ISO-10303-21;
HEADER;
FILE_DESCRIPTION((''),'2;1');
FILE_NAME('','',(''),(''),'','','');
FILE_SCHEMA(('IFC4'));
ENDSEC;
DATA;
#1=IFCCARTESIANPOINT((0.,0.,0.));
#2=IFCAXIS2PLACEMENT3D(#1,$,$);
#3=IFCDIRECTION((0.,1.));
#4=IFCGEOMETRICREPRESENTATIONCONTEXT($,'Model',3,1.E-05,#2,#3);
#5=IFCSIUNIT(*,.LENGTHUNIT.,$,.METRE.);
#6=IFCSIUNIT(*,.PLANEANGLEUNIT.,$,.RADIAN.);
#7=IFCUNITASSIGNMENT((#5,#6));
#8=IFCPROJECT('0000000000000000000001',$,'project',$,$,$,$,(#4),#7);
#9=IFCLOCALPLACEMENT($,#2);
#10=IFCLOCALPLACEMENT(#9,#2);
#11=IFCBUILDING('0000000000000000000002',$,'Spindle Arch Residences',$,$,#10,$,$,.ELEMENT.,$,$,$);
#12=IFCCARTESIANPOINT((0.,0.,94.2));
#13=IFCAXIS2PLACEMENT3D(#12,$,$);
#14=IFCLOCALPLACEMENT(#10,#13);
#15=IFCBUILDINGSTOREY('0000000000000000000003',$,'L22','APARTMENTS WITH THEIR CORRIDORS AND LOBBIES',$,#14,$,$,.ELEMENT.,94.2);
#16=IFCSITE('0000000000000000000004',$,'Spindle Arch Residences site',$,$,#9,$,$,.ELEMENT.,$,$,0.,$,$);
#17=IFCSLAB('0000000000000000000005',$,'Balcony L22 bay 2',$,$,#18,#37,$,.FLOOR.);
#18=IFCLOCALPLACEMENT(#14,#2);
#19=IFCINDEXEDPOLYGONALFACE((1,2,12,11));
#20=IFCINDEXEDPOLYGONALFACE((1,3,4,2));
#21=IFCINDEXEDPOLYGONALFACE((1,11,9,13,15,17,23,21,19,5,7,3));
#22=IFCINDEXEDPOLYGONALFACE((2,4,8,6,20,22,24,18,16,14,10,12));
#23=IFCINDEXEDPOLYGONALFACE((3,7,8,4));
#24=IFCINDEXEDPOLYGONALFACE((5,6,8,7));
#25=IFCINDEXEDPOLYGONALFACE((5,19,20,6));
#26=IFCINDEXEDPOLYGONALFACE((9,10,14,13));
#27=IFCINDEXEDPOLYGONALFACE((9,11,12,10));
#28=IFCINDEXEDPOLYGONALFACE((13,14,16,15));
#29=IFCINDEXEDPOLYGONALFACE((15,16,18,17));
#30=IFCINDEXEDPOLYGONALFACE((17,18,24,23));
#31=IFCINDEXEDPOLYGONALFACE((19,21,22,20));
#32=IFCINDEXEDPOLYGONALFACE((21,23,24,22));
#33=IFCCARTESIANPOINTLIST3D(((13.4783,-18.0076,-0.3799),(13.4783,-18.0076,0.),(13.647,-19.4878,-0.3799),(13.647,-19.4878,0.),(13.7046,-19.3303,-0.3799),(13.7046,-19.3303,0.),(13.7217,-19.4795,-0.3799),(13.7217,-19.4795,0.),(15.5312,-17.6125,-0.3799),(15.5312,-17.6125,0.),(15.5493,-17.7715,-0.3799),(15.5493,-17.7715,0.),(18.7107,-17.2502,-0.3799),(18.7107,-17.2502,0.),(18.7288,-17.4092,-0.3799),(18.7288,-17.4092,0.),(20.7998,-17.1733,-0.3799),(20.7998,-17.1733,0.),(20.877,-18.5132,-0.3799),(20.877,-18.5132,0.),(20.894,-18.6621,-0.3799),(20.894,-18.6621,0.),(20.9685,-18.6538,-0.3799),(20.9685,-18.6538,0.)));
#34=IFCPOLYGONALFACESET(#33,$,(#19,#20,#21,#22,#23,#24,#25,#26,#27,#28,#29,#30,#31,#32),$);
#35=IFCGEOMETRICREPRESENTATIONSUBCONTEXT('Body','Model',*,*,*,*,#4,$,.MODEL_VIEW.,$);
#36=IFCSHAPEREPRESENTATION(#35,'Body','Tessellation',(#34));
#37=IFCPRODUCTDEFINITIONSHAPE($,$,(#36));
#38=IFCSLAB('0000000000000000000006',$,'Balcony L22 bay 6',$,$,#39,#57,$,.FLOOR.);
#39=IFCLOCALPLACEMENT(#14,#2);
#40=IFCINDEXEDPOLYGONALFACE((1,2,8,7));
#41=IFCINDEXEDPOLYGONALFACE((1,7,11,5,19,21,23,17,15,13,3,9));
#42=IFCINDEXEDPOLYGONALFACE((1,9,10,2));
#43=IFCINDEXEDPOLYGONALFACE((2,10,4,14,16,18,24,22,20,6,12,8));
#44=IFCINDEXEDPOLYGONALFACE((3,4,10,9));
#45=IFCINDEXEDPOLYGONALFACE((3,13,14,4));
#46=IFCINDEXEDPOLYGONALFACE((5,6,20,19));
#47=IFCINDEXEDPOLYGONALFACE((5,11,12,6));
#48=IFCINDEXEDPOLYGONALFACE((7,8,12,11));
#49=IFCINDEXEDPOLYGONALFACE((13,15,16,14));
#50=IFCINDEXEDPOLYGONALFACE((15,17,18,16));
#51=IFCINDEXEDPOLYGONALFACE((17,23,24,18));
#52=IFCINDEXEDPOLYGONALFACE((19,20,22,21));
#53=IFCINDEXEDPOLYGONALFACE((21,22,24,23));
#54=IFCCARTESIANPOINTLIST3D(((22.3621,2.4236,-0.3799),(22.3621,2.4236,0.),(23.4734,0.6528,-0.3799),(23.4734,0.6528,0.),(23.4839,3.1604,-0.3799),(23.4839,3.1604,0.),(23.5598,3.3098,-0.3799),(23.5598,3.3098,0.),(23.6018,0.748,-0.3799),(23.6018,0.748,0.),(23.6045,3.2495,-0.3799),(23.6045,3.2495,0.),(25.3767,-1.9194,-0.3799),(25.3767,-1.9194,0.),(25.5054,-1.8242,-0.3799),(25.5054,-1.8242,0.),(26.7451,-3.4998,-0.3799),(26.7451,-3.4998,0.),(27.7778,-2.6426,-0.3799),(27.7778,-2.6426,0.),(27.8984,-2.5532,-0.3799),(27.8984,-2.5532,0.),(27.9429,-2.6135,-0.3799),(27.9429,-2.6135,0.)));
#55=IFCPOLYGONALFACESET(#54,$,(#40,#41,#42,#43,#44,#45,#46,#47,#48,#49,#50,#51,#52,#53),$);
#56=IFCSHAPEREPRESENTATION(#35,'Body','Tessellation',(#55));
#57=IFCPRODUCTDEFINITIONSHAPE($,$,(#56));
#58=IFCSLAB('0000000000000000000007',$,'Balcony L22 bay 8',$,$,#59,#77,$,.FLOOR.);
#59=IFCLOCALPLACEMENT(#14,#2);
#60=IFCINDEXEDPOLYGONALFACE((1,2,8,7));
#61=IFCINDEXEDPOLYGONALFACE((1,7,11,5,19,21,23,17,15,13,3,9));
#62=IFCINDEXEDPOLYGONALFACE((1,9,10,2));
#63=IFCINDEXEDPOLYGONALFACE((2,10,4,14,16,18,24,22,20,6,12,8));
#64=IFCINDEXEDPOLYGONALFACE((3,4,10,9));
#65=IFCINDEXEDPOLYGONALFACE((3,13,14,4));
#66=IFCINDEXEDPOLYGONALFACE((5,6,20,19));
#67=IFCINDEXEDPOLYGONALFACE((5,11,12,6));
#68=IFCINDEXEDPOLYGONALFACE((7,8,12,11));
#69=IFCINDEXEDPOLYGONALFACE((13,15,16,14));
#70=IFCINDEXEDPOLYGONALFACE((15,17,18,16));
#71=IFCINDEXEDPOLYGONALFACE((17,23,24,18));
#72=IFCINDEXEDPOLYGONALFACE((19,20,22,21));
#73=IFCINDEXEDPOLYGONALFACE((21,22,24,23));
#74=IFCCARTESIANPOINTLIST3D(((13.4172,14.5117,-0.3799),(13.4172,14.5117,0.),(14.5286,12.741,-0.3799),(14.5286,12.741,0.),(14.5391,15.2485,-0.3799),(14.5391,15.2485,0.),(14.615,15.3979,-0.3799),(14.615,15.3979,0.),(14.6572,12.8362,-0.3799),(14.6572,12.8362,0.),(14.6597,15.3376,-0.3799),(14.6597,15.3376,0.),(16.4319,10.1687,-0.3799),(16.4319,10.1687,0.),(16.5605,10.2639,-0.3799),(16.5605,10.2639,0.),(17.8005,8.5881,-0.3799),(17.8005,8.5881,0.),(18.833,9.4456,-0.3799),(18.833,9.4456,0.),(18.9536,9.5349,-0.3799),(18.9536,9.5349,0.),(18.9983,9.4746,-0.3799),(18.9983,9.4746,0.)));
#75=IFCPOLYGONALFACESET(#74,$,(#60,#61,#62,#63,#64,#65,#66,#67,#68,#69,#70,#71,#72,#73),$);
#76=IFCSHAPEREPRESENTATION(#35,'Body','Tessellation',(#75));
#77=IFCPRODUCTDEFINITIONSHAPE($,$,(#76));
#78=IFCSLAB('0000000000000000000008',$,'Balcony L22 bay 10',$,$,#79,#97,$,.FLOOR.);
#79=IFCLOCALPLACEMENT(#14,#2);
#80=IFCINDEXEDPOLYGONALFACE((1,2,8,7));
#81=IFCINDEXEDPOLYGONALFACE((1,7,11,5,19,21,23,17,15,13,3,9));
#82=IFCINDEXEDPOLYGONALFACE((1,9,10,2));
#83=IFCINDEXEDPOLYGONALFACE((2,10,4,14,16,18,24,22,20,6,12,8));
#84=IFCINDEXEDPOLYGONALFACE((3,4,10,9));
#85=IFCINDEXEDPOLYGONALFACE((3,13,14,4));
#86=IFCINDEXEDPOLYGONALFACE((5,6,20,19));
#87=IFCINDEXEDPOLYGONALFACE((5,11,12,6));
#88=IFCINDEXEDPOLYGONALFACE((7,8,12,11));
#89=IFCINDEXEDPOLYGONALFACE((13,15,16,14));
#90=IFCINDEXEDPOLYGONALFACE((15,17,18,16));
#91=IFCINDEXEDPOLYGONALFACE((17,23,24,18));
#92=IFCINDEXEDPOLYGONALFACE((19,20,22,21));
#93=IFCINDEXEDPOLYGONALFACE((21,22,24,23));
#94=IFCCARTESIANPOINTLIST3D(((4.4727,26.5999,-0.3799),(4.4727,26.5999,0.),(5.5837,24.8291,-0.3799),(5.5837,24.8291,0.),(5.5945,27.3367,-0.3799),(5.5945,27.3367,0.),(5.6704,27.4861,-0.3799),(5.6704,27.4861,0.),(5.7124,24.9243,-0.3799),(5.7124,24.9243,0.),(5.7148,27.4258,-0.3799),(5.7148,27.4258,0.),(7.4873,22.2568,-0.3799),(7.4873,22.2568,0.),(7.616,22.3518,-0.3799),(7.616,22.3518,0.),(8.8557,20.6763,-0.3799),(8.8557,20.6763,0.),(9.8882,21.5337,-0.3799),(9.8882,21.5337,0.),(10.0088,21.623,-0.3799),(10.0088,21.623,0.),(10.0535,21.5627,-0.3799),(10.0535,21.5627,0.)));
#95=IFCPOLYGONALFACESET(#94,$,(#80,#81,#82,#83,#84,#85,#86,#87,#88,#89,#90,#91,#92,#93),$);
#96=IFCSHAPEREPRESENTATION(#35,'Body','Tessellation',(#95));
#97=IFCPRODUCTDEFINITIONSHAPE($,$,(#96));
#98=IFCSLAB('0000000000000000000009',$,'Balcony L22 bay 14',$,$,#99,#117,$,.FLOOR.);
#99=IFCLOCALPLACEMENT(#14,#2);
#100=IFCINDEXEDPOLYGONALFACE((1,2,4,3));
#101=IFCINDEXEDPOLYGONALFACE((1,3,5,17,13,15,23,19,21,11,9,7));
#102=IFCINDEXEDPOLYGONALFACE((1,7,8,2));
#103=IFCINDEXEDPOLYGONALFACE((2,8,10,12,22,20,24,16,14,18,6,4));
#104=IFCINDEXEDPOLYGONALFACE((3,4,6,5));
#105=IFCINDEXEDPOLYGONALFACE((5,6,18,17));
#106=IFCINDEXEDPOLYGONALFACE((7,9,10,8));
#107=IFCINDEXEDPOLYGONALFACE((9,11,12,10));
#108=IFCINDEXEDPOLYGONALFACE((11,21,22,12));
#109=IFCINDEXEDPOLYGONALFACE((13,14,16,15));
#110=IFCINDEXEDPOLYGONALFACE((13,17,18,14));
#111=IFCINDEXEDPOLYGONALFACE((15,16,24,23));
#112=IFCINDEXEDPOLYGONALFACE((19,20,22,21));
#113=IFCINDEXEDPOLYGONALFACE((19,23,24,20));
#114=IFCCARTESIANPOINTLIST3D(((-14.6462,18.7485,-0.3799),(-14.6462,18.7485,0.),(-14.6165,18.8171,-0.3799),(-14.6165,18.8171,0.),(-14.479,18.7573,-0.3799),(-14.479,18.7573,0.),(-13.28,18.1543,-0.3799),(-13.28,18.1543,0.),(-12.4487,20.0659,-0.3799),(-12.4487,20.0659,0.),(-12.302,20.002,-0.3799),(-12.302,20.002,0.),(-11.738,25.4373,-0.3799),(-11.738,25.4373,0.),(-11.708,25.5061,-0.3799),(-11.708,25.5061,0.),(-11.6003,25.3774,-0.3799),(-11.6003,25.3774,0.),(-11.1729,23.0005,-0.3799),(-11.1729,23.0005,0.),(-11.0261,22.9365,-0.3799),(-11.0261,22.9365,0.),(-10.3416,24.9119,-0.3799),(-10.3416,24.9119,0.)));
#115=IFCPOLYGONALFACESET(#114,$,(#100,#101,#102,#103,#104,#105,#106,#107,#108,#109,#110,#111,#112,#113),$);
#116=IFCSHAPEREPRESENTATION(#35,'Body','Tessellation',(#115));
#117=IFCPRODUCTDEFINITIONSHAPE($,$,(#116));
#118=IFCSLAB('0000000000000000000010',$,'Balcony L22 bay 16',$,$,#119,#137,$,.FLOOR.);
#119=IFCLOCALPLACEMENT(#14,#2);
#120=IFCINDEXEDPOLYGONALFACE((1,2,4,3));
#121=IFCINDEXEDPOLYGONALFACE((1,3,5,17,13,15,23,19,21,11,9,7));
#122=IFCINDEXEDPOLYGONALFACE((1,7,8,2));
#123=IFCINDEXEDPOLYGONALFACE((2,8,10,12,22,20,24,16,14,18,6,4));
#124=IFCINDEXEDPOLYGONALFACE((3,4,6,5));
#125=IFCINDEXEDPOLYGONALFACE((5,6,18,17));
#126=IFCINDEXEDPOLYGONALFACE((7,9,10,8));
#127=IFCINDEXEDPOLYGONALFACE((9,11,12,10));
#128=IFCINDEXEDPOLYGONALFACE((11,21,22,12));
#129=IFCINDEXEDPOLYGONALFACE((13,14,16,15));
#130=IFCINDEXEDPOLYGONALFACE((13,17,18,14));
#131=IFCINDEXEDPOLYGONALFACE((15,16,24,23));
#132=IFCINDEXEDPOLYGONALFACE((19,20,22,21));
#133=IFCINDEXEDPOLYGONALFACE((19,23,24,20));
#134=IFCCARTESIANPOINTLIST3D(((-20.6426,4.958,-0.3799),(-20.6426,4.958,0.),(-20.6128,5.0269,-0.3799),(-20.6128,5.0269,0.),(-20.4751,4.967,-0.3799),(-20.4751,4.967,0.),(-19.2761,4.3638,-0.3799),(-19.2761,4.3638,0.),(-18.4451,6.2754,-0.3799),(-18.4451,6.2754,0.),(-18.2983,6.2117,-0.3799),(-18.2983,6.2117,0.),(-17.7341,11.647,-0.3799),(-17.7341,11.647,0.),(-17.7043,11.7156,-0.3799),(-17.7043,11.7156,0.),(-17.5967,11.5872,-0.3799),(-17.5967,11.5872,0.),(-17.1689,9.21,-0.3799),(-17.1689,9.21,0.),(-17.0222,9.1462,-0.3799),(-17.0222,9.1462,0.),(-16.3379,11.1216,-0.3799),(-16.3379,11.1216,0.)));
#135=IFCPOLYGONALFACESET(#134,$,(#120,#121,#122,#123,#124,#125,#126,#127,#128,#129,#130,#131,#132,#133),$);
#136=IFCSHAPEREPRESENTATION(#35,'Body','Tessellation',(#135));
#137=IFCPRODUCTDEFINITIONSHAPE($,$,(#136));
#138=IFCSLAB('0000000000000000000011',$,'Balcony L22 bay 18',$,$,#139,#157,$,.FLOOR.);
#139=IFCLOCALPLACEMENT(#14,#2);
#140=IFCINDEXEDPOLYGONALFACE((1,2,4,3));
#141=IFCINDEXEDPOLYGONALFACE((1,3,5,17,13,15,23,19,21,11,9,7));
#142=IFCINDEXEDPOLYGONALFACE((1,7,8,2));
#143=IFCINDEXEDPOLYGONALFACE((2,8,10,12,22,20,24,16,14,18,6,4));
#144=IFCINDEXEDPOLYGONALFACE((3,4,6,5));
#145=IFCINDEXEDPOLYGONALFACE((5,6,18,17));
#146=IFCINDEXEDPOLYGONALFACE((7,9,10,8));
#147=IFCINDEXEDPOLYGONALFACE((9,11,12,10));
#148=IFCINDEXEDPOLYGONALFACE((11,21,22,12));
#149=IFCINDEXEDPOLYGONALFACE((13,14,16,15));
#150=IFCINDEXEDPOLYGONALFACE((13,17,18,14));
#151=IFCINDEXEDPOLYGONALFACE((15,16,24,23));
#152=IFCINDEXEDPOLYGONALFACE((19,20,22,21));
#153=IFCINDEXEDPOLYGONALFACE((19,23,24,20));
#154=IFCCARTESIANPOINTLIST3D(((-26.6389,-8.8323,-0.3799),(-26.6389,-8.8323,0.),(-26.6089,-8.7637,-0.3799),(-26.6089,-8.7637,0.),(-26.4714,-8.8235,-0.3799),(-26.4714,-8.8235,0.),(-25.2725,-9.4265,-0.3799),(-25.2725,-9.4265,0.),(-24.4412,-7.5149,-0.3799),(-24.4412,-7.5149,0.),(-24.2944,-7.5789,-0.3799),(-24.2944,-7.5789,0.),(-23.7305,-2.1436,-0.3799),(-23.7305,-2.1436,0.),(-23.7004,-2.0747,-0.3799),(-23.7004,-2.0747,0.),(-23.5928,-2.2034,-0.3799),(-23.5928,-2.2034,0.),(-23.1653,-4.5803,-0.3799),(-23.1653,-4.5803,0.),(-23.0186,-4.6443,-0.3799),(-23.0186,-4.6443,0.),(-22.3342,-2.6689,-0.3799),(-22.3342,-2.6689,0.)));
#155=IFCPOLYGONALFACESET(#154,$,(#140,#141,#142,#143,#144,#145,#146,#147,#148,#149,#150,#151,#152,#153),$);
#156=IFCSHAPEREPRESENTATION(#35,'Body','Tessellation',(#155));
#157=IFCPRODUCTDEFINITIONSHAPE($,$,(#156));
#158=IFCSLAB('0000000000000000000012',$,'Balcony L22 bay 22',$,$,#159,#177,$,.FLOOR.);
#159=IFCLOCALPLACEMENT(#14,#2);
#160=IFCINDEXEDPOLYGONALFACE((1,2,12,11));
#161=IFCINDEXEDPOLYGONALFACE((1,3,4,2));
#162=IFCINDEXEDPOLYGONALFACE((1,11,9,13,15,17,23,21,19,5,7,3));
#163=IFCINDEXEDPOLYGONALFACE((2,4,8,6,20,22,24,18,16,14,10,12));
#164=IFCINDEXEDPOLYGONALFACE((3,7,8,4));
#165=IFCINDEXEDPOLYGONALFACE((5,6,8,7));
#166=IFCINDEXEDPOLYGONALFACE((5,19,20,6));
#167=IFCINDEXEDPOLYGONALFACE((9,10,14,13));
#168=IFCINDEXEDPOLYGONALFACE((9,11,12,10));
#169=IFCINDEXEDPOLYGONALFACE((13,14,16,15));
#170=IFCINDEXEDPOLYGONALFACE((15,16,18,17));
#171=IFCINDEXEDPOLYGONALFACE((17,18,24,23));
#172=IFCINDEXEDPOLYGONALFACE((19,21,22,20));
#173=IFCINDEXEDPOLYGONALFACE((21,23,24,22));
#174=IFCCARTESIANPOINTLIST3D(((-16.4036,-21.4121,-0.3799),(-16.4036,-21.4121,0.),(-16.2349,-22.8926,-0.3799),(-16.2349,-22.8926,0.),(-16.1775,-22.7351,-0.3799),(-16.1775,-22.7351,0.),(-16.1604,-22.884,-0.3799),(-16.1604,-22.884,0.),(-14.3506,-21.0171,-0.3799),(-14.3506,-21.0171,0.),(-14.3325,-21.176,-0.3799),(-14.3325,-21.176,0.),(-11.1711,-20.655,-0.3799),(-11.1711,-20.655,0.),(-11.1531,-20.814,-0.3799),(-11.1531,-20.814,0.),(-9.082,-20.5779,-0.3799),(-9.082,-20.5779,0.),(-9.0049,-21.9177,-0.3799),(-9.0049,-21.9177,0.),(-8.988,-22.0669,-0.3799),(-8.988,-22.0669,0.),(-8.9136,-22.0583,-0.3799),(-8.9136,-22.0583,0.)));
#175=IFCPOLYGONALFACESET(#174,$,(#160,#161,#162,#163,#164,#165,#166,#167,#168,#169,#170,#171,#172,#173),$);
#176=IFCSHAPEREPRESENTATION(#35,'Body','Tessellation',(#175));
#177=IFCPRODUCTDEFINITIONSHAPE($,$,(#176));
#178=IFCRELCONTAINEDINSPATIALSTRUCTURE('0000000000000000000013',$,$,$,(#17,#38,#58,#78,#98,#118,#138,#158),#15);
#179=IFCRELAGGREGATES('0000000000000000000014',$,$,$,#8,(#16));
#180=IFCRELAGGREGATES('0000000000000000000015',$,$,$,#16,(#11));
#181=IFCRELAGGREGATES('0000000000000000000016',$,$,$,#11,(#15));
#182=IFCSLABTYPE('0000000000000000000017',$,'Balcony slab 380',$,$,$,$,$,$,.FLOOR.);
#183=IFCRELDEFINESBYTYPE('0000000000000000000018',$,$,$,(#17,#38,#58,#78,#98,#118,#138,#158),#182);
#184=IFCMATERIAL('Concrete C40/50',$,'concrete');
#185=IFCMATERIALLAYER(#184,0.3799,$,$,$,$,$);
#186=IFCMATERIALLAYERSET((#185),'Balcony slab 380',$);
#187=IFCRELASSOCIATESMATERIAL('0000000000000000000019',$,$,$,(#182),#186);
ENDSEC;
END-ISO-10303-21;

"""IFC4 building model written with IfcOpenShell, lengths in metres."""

from ifc_helpers import new_model, si_unit, direction, frame, origin, place, context, subcontext, project, spatial, polyline, outline, extrude, material, layer, layer_set, type_object, element, save


model = new_model("IFC4")

# Units and contexts
model_context = context("Model", 3, precision=1e-05, world=origin(), true_north=direction((0.0, 1.0)))
body_context = subcontext(model_context, "Body", "Model", "MODEL_VIEW")
ifc_project = project(units=[si_unit("LENGTHUNIT", "METRE"), si_unit("PLANEANGLEUNIT", "RADIAN")], contexts=[model_context])

# Site, building, storey
site_placement = place(None, origin())
site = spatial("IfcSite", under=ifc_project, at=site_placement, Name="Spindle Arch Residences site", CompositionType="ELEMENT", RefElevation=0.0)
building_placement = place(site_placement, origin())
building = spatial("IfcBuilding", under=site, at=building_placement, Name="Spindle Arch Residences", CompositionType="ELEMENT")
storey_placement = place(building_placement, frame((0.0, 0.0, 94.2)))
storey = spatial("IfcBuildingStorey", under=building, at=storey_placement, Name="L22", Description="APARTMENTS WITH THEIR CORRIDORS AND LOBBIES", CompositionType="ELEMENT", Elevation=94.2)

# Slabs
ifc_material_1 = material(Name="Concrete C40/50", Category="concrete")
ifc_layer_1 = layer(ifc_material_1, 0.3799)
ifc_layer_set_1 = layer_set([ifc_layer_1], Name="Balcony slab 380")
slab_type_1 = type_object("IfcSlabType", Name="Balcony slab 380", PredefinedType="FLOOR", material=ifc_layer_set_1)
slab_1_placement = place(storey_placement, frame((0.0, 0.0, -0.3799)))
element("IfcSlab", 1, at=slab_1_placement, inside=storey, type_object=slab_type_1, Name="Balcony L22 bay 2", PredefinedType="FLOOR", context=body_context, shape_type="SweptSolid", body=[
    extrude(outline(polyline([(13.647, -19.4878), (13.7217, -19.4795), (13.7046, -19.3303), (20.877, -18.5132), (20.894, -18.6621), (20.9685, -18.6538), (20.7998, -17.1733), (18.7288, -17.4092), (18.7107, -17.2502), (15.5312, -17.6125), (15.5493, -17.7715), (13.4783, -18.0076), (13.647, -19.4878)])), origin(), (0.0, 0.0, 1.0), 0.3799),
])
slab_2_placement = place(storey_placement, frame((0.0, 0.0, -0.3799)))
element("IfcSlab", 2, at=slab_2_placement, inside=storey, type_object=slab_type_1, Name="Balcony L22 bay 6", PredefinedType="FLOOR", context=body_context, shape_type="SweptSolid", body=[
    extrude(outline(polyline([(27.9429, -2.6135), (27.8984, -2.5532), (27.7778, -2.6426), (23.4839, 3.1604), (23.6045, 3.2495), (23.5598, 3.3098), (22.3621, 2.4236), (23.6018, 0.748), (23.4734, 0.6528), (25.3767, -1.9194), (25.5054, -1.8242), (26.7451, -3.4998), (27.9429, -2.6135)])), origin(), (0.0, 0.0, 1.0), 0.3799),
])
slab_3_placement = place(storey_placement, frame((0.0, 0.0, -0.3799)))
element("IfcSlab", 3, at=slab_3_placement, inside=storey, type_object=slab_type_1, Name="Balcony L22 bay 8", PredefinedType="FLOOR", context=body_context, shape_type="SweptSolid", body=[
    extrude(outline(polyline([(18.9983, 9.4746), (18.9536, 9.5349), (18.833, 9.4456), (14.5391, 15.2485), (14.6597, 15.3376), (14.615, 15.3979), (13.4172, 14.5117), (14.6572, 12.8362), (14.5286, 12.741), (16.4319, 10.1687), (16.5605, 10.2639), (17.8005, 8.5881), (18.9983, 9.4746)])), origin(), (0.0, 0.0, 1.0), 0.3799),
])
slab_4_placement = place(storey_placement, frame((0.0, 0.0, -0.3799)))
element("IfcSlab", 4, at=slab_4_placement, inside=storey, type_object=slab_type_1, Name="Balcony L22 bay 10", PredefinedType="FLOOR", context=body_context, shape_type="SweptSolid", body=[
    extrude(outline(polyline([(10.0535, 21.5627), (10.0088, 21.623), (9.8882, 21.5337), (5.5945, 27.3367), (5.7148, 27.4258), (5.6704, 27.4861), (4.4727, 26.5999), (5.7124, 24.9243), (5.5837, 24.8291), (7.4873, 22.2568), (7.616, 22.3518), (8.8557, 20.6763), (10.0535, 21.5627)])), origin(), (0.0, 0.0, 1.0), 0.3799),
])
slab_5_placement = place(storey_placement, frame((0.0, 0.0, -0.3799)))
element("IfcSlab", 5, at=slab_5_placement, inside=storey, type_object=slab_type_1, Name="Balcony L22 bay 14", PredefinedType="FLOOR", context=body_context, shape_type="SweptSolid", body=[
    extrude(outline(polyline([(-11.708, 25.5061), (-11.738, 25.4373), (-11.6003, 25.3774), (-14.479, 18.7573), (-14.6165, 18.8171), (-14.6462, 18.7485), (-13.28, 18.1543), (-12.4487, 20.0659), (-12.302, 20.002), (-11.0261, 22.9365), (-11.1729, 23.0005), (-10.3416, 24.9119), (-11.708, 25.5061)])), origin(), (0.0, 0.0, 1.0), 0.3799),
])
slab_6_placement = place(storey_placement, frame((0.0, 0.0, -0.3799)))
element("IfcSlab", 6, at=slab_6_placement, inside=storey, type_object=slab_type_1, Name="Balcony L22 bay 16", PredefinedType="FLOOR", context=body_context, shape_type="SweptSolid", body=[
    extrude(outline(polyline([(-17.7043, 11.7156), (-17.7341, 11.647), (-17.5967, 11.5872), (-20.4751, 4.967), (-20.6128, 5.0269), (-20.6426, 4.958), (-19.2761, 4.3638), (-18.4451, 6.2754), (-18.2983, 6.2117), (-17.0222, 9.1462), (-17.1689, 9.21), (-16.3379, 11.1216), (-17.7043, 11.7156)])), origin(), (0.0, 0.0, 1.0), 0.3799),
])
slab_7_placement = place(storey_placement, frame((0.0, 0.0, -0.3799)))
element("IfcSlab", 7, at=slab_7_placement, inside=storey, type_object=slab_type_1, Name="Balcony L22 bay 18", PredefinedType="FLOOR", context=body_context, shape_type="SweptSolid", body=[
    extrude(outline(polyline([(-23.7004, -2.0747), (-23.7305, -2.1436), (-23.5928, -2.2034), (-26.4714, -8.8235), (-26.6089, -8.7637), (-26.6389, -8.8323), (-25.2725, -9.4265), (-24.4412, -7.5149), (-24.2944, -7.5789), (-23.0186, -4.6443), (-23.1653, -4.5803), (-22.3342, -2.6689), (-23.7004, -2.0747)])), origin(), (0.0, 0.0, 1.0), 0.3799),
])
slab_8_placement = place(storey_placement, frame((0.0, 0.0, -0.3799)))
element("IfcSlab", 8, at=slab_8_placement, inside=storey, type_object=slab_type_1, Name="Balcony L22 bay 22", PredefinedType="FLOOR", context=body_context, shape_type="SweptSolid", body=[
    extrude(outline(polyline([(-16.2349, -22.8926), (-16.1604, -22.884), (-16.1775, -22.7351), (-9.0049, -21.9177), (-8.988, -22.0669), (-8.9136, -22.0583), (-9.082, -20.5779), (-11.1531, -20.814), (-11.1711, -20.655), (-14.3506, -21.0171), (-14.3325, -21.176), (-16.4036, -21.4121), (-16.2349, -22.8926)])), origin(), (0.0, 0.0, 1.0), 0.3799),
])

save(model, "model.ifc")
